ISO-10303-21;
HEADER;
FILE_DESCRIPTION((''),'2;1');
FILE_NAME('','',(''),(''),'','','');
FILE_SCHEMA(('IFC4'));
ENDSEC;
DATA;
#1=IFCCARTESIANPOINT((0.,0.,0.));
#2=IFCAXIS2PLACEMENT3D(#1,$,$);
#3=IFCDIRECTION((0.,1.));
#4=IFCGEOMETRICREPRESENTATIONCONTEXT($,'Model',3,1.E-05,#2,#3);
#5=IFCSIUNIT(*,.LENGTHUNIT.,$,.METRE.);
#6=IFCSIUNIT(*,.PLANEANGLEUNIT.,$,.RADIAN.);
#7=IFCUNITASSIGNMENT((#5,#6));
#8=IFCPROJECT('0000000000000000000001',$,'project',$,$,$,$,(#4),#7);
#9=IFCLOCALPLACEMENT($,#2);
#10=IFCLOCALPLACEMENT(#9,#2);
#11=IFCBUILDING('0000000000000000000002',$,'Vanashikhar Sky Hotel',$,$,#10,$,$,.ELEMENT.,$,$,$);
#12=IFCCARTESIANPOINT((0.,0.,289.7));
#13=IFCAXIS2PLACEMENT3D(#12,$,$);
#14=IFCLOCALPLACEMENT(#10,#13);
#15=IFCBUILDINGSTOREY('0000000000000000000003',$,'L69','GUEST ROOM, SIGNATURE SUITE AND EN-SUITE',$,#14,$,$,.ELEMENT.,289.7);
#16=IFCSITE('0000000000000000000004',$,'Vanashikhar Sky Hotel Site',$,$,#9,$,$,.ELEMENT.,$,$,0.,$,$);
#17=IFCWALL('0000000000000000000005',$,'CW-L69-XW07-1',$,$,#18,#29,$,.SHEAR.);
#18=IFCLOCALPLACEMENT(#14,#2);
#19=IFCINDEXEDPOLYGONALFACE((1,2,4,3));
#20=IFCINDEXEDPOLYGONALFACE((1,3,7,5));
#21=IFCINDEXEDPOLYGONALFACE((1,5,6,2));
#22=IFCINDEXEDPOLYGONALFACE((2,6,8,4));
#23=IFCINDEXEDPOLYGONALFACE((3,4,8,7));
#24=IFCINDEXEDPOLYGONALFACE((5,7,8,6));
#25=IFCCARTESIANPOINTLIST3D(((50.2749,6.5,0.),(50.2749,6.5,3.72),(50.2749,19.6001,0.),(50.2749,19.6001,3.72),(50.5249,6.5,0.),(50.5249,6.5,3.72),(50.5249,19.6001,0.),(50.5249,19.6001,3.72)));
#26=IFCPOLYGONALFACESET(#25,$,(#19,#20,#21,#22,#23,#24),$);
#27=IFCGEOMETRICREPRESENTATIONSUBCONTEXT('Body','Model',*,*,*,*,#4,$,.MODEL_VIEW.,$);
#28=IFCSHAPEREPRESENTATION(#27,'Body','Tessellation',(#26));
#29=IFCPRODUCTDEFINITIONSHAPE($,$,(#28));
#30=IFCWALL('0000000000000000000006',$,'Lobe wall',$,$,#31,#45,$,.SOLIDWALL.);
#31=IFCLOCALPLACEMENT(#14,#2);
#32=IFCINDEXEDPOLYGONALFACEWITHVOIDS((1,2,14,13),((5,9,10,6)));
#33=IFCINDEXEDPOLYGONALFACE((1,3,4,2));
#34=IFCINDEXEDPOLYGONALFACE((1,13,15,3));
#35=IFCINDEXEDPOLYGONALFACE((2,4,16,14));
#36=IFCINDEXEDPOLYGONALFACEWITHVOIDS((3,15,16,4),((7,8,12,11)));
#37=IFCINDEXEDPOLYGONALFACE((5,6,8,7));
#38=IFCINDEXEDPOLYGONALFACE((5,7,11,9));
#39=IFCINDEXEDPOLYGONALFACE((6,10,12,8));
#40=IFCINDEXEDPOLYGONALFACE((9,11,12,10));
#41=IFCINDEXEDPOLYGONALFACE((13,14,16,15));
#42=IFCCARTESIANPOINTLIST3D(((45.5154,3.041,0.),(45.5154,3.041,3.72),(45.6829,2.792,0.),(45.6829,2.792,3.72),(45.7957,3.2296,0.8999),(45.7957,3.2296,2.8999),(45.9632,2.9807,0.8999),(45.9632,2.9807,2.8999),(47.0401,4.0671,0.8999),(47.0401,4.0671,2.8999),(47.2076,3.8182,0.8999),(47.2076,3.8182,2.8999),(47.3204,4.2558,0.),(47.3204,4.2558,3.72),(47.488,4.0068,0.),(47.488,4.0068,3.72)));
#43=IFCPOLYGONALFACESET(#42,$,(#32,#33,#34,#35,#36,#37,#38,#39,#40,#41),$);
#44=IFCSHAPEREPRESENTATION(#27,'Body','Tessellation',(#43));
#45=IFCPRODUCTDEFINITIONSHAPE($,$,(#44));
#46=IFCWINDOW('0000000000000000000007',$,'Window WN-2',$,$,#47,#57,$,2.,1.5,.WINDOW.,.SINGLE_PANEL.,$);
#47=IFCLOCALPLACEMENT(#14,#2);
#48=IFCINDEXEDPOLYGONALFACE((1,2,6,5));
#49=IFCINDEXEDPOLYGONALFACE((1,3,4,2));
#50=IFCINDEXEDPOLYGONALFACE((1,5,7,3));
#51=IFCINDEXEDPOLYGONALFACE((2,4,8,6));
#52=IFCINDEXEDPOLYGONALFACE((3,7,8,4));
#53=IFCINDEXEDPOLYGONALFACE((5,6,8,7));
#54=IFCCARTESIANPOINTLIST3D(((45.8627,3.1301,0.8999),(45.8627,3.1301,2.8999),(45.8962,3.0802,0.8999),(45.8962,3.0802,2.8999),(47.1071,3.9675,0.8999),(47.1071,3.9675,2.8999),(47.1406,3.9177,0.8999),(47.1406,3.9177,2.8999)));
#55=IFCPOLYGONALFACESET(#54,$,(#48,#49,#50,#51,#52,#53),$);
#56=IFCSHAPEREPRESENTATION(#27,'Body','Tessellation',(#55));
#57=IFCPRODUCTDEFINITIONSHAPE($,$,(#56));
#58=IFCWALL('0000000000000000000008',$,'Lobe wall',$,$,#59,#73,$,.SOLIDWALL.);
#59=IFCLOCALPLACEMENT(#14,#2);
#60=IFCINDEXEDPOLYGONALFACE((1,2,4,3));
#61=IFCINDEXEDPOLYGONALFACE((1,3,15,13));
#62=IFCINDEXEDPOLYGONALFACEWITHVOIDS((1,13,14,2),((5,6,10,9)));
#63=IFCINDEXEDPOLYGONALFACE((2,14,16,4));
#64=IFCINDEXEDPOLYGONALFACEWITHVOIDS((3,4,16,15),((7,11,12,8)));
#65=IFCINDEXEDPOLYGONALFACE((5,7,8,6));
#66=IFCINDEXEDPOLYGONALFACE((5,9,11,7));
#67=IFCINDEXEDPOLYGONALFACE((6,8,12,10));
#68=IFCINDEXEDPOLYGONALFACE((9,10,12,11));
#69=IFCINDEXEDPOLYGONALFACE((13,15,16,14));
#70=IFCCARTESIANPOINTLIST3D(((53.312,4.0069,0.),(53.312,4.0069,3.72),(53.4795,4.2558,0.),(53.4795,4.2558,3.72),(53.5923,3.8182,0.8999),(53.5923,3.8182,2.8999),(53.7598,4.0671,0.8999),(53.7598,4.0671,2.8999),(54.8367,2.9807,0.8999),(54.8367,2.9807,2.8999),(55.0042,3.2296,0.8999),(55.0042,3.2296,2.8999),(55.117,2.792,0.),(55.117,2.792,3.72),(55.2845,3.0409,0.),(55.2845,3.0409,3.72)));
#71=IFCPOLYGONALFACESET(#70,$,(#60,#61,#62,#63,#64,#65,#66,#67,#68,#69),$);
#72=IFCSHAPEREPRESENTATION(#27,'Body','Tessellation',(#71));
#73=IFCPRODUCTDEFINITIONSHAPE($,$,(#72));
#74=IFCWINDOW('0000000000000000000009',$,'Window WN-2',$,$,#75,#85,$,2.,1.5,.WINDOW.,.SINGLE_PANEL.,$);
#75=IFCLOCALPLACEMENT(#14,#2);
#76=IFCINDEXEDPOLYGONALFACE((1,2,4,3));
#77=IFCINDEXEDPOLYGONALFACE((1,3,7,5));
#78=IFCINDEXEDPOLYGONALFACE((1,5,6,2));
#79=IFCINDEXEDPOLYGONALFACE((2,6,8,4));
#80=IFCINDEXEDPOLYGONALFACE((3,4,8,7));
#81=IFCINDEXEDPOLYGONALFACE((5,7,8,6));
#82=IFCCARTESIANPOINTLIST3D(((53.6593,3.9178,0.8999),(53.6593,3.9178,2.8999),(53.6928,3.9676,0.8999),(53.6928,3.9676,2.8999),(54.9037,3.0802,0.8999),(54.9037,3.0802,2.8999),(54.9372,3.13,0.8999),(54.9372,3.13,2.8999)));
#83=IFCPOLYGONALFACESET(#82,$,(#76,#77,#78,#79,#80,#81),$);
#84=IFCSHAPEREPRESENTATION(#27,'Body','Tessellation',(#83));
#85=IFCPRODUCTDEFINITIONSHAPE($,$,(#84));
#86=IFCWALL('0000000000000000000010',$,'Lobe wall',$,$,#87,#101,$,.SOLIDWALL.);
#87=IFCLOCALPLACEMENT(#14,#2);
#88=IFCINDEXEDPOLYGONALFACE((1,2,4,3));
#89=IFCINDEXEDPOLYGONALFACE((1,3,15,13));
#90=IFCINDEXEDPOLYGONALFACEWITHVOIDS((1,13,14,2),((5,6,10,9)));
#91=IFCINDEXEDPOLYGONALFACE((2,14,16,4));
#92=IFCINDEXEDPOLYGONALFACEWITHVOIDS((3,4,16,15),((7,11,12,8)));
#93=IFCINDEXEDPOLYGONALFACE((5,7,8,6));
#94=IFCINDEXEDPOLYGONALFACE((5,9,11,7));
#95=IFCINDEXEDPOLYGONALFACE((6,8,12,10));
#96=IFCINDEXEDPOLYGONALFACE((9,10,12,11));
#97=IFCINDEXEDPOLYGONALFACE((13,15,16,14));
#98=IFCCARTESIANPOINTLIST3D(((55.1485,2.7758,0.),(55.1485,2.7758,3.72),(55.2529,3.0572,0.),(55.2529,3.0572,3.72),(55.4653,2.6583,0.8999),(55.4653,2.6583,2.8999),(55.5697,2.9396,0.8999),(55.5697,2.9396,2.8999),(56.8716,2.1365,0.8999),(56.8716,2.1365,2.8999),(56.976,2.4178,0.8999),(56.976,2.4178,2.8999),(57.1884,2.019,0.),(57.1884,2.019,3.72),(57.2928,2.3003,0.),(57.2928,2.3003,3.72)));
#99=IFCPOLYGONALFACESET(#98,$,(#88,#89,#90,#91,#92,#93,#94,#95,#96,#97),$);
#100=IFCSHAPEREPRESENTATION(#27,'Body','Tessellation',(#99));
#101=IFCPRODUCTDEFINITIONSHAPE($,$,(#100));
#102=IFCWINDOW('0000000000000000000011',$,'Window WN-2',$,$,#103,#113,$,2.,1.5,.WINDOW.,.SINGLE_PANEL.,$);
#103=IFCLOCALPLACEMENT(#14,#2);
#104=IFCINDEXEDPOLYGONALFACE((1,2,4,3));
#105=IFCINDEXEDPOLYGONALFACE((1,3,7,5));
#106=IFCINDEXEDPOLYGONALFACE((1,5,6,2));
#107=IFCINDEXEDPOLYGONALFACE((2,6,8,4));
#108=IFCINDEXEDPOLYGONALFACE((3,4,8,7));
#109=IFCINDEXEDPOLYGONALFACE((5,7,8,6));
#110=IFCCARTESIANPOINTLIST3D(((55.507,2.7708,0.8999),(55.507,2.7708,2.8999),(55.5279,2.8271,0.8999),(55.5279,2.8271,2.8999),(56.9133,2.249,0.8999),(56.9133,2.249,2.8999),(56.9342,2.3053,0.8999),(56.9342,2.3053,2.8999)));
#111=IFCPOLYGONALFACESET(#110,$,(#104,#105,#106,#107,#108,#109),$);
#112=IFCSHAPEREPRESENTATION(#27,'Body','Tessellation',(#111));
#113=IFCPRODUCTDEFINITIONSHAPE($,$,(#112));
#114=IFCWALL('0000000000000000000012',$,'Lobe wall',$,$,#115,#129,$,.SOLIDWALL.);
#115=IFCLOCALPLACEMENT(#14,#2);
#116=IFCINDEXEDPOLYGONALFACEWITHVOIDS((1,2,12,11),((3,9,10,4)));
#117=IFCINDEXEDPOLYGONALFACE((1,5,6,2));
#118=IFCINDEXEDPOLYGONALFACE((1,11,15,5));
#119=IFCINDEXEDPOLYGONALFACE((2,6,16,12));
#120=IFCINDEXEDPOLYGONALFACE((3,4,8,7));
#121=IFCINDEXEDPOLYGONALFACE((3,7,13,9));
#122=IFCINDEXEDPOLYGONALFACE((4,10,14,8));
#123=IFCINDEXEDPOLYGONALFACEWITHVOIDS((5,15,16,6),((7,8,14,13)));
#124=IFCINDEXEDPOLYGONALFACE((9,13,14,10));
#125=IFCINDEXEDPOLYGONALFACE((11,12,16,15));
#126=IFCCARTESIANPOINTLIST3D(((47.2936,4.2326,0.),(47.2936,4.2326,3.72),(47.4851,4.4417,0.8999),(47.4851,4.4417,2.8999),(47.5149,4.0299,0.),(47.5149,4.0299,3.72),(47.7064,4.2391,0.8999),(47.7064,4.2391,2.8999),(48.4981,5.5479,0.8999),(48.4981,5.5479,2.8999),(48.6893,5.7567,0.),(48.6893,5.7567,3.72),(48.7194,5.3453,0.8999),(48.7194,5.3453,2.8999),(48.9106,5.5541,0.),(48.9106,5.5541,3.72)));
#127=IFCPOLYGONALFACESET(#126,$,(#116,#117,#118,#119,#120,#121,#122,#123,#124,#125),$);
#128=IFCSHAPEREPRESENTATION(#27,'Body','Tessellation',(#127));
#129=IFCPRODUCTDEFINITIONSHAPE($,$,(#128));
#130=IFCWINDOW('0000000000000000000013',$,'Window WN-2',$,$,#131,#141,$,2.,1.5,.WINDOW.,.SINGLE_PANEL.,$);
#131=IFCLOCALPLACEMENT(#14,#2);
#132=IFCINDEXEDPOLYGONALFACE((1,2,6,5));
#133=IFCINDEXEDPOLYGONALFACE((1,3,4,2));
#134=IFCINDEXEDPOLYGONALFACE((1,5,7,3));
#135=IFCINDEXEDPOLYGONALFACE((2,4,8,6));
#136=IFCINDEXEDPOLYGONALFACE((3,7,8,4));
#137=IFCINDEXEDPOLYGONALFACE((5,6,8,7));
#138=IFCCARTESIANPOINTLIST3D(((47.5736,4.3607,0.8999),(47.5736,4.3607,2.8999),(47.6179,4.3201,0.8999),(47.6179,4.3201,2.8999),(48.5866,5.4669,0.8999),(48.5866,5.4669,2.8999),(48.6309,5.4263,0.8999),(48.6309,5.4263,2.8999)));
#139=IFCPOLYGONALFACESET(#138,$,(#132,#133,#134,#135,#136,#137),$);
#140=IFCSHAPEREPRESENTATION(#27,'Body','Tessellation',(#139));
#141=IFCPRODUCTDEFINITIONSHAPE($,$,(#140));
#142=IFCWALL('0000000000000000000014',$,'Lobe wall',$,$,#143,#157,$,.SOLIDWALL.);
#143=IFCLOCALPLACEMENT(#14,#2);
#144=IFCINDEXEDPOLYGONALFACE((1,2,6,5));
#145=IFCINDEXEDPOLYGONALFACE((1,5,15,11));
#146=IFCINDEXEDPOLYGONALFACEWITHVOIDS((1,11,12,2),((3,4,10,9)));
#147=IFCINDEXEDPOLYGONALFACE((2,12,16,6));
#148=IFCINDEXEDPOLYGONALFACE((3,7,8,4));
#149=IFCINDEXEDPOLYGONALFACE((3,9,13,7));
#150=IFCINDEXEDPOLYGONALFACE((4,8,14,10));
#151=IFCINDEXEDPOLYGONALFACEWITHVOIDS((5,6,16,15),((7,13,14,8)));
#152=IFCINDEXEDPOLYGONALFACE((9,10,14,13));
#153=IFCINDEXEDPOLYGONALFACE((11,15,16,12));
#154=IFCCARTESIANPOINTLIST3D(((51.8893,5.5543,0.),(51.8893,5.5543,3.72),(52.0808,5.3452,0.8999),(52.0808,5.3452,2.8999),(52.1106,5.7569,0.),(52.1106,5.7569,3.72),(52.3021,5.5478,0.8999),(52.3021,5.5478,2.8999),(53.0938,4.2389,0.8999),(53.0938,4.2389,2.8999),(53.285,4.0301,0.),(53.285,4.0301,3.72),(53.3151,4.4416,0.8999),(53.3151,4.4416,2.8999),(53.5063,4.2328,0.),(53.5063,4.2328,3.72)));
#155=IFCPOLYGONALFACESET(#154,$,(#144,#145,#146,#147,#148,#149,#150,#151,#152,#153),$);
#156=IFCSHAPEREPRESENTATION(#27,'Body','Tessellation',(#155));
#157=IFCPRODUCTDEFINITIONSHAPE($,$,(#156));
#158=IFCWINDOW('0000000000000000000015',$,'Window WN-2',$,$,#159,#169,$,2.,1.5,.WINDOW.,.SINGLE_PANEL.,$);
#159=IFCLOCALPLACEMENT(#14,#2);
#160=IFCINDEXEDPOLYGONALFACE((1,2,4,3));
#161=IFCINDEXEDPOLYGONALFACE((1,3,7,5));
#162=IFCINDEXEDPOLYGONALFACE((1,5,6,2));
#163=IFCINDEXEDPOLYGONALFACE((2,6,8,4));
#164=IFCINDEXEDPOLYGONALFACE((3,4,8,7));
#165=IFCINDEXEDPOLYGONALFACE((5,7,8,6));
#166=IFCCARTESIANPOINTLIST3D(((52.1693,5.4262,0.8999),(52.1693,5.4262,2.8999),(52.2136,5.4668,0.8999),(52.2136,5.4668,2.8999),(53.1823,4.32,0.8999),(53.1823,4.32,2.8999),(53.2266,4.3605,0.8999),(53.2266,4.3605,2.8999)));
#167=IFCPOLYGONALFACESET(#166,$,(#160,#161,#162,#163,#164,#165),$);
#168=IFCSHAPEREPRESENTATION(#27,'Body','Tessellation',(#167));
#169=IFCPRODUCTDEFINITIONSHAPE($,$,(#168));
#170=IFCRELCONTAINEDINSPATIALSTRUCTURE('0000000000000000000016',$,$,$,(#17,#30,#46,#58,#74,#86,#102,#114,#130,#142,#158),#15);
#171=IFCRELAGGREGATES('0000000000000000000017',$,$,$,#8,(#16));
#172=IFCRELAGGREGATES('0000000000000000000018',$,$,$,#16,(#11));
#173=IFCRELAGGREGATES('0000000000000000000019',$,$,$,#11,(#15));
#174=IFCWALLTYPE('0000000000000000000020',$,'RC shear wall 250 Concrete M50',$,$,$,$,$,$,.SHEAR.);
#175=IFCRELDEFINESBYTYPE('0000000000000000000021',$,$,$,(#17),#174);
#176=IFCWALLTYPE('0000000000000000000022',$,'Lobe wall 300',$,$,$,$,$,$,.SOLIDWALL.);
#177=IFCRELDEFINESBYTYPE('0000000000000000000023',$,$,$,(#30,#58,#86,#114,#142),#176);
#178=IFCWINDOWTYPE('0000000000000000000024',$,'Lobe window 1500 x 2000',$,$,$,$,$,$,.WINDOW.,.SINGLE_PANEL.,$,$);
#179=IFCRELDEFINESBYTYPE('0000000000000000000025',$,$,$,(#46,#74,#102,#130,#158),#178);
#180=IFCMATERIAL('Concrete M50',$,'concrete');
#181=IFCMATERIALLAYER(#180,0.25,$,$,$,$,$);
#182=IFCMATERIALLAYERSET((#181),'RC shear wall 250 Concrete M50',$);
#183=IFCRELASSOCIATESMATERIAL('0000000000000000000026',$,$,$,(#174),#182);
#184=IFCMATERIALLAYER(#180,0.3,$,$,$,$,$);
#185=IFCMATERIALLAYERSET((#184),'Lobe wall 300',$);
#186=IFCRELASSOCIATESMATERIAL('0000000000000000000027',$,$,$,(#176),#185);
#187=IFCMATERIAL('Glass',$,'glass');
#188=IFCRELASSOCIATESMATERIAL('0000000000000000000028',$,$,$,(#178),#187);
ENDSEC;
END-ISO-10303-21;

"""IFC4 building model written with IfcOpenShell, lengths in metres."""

from ifc_helpers import new_model, si_unit, direction, frame, frame_2d, origin, place, context, subcontext, project, spatial, rectangle, extrude, source, transform, mapped, material, layer, layer_set, type_object, element, fill, save


model = new_model("IFC4")

# Units and contexts
model_context = context("Model", 3, precision=1e-05, world=origin(), true_north=direction((0.0, 1.0)))
body_context = subcontext(model_context, "Body", "Model", "MODEL_VIEW")
ifc_project = project(units=[si_unit("LENGTHUNIT", "METRE"), si_unit("PLANEANGLEUNIT", "RADIAN")], contexts=[model_context])

# Site, building, storey
site_placement = place(None, origin())
site = spatial("IfcSite", under=ifc_project, at=site_placement, Name="Vanashikhar Sky Hotel Site", CompositionType="ELEMENT", RefElevation=0.0)
building_placement = place(site_placement, origin())
building = spatial("IfcBuilding", under=site, at=building_placement, Name="Vanashikhar Sky Hotel", CompositionType="ELEMENT")
storey_placement = place(building_placement, frame((0.0, 0.0, 289.7)))
storey = spatial("IfcBuildingStorey", under=building, at=storey_placement, Name="L69", Description="GUEST ROOM, SIGNATURE SUITE AND EN-SUITE", CompositionType="ELEMENT", Elevation=289.7)

# Wall
ifc_material_1 = material(Name="Concrete M50", Category="concrete")
ifc_layer_1 = layer(ifc_material_1, 0.25)
ifc_layer_set_1 = layer_set([ifc_layer_1], Name="RC shear wall 250 Concrete M50")
wall_type_1 = type_object("IfcWallType", Name="RC shear wall 250 Concrete M50", PredefinedType="SHEAR", material=ifc_layer_set_1)
shared_shape_1 = source(origin(), body_context, "Body", "SweptSolid", [
    extrude(rectangle(XDim=13.1001, YDim=0.25, at=frame_2d((6.55, 0.0))), origin(), (0.0, 0.0, 1.0), 3.72),
])
wall_1_placement = place(storey_placement, frame((50.3999, 6.5, 0.0), z_axis=(0.0, 0.0, 1.0), x_axis=(0.0, 1.0, 0.0)))
element("IfcWall", 1, at=wall_1_placement, inside=storey, type_object=wall_type_1, Name="CW-L69-XW07-1", PredefinedType="SHEAR", context=body_context, shape_type="MappedRepresentation", body=[
    mapped(shared_shape_1, transform((0.0, 0.0, 0.0), scale=1.0)),
])

# Walls, openings, windows
ifc_layer_2 = layer(ifc_material_1, 0.3)
ifc_layer_set_2 = layer_set([ifc_layer_2], Name="Lobe wall 300")
wall_type_2 = type_object("IfcWallType", Name="Lobe wall 300", PredefinedType="SOLIDWALL", material=ifc_layer_set_2)
shared_shape_2 = source(origin(), body_context, "Body", "SweptSolid", [
    extrude(rectangle(XDim=2.1758, YDim=0.3, at=frame_2d((1.0879, 0.0))), origin(), (0.0, 0.0, 1.0), 3.72),
])
wall_2_placement = place(storey_placement, frame((45.5991, 2.9165, 0.0), z_axis=(0.0, 0.0, 1.0), x_axis=(0.829626, 0.55832, 0.0)))
wall_2 = element("IfcWall", 2, at=wall_2_placement, inside=storey, type_object=wall_type_2, Name="Lobe wall", PredefinedType="SOLIDWALL", context=body_context, shape_type="MappedRepresentation", body=[
    mapped(shared_shape_2, transform((0.0, 0.0, 0.0), scale=1.0)),
])
shared_shape_3 = source(origin(), body_context, "Body", "SweptSolid", [
    extrude(rectangle(XDim=1.5, YDim=2.0, at=frame_2d((0.75, 1.0))), frame((0.0, 0.1602, 0.0), z_axis=(0.0, -1.0, 0.0), x_axis=(1.0, 0.0, 0.0)), (0.0, 0.0, 1.0), 0.3201),
])
opening_1_placement = place(wall_2_placement, frame((0.3379, 0.0, 0.8999)))
opening_1 = element("IfcOpeningElement", 3, at=opening_1_placement, cuts=wall_2, PredefinedType="OPENING", context=body_context, shape_type="MappedRepresentation", body=[
    mapped(shared_shape_3, transform((0.0, 0.0, 0.0), scale=1.0)),
])
ifc_material_2 = material(Name="Glass", Category="glass")
window_type = type_object("IfcWindowType", Name="Lobe window 1500 x 2000", PartitioningType="SINGLE_PANEL", PredefinedType="WINDOW", material=ifc_material_2)
shared_shape_4 = source(origin(), body_context, "Body", "SweptSolid", [
    extrude(rectangle(XDim=1.5, YDim=2.0, at=frame_2d((0.75, 1.0))), frame((0.0, 0.03, 0.0), z_axis=(0.0, -1.0, 0.0), x_axis=(1.0, 0.0, 0.0)), (0.0, 0.0, 1.0), 0.0601),
])
window_1_placement = place(opening_1_placement, origin())
window_1 = element("IfcWindow", 4, at=window_1_placement, inside=storey, type_object=window_type, Name="Window WN-2", OverallHeight=2.0, OverallWidth=1.5, PartitioningType="SINGLE_PANEL", PredefinedType="WINDOW", context=body_context, shape_type="MappedRepresentation", body=[
    mapped(shared_shape_4, transform((0.0, 0.0, 0.0), scale=1.0)),
])
fill(opening_1, window_1)
wall_3_placement = place(storey_placement, frame((53.3958, 4.1313, 0.0), z_axis=(0.0, 0.0, 1.0), x_axis=(0.829591, -0.558372, 0.0)))
wall_3 = element("IfcWall", 5, at=wall_3_placement, inside=storey, type_object=wall_type_2, Name="Lobe wall", PredefinedType="SOLIDWALL", context=body_context, shape_type="MappedRepresentation", body=[
    mapped(shared_shape_2, transform((0.0, 0.0, 0.0), scale=1.0)),
])
opening_2_placement = place(wall_3_placement, frame((0.3379, 0.0, 0.8999)))
opening_2 = element("IfcOpeningElement", 6, at=opening_2_placement, cuts=wall_3, PredefinedType="OPENING", context=body_context, shape_type="MappedRepresentation", body=[
    mapped(shared_shape_3, transform((0.0, 0.0, 0.0), scale=1.0)),
])
window_2_placement = place(opening_2_placement, origin())
window_2 = element("IfcWindow", 7, at=window_2_placement, inside=storey, type_object=window_type, Name="Window WN-2", OverallHeight=2.0, OverallWidth=1.5, PartitioningType="SINGLE_PANEL", PredefinedType="WINDOW", context=body_context, shape_type="MappedRepresentation", body=[
    mapped(shared_shape_4, transform((0.0, 0.0, 0.0), scale=1.0)),
])
fill(opening_2, window_2)
wall_4_placement = place(storey_placement, frame((55.2007, 2.9165, 0.0), z_axis=(0.0, 0.0, 1.0), x_axis=(0.937546, -0.347863, 0.0)))
wall_4 = element("IfcWall", 8, at=wall_4_placement, inside=storey, type_object=wall_type_2, Name="Lobe wall", PredefinedType="SOLIDWALL", context=body_context, shape_type="MappedRepresentation", body=[
    mapped(shared_shape_2, transform((0.0, 0.0, 0.0), scale=1.0)),
])
opening_3_placement = place(wall_4_placement, frame((0.3379, 0.0, 0.8999)))
opening_3 = element("IfcOpeningElement", 9, at=opening_3_placement, cuts=wall_4, PredefinedType="OPENING", context=body_context, shape_type="MappedRepresentation", body=[
    mapped(shared_shape_3, transform((0.0, 0.0, 0.0), scale=1.0)),
])
window_3_placement = place(opening_3_placement, origin())
window_3 = element("IfcWindow", 10, at=window_3_placement, inside=storey, type_object=window_type, Name="Window WN-2", OverallHeight=2.0, OverallWidth=1.5, PartitioningType="SINGLE_PANEL", PredefinedType="WINDOW", context=body_context, shape_type="MappedRepresentation", body=[
    mapped(shared_shape_4, transform((0.0, 0.0, 0.0), scale=1.0)),
])
fill(opening_3, window_3)
shared_shape_5 = source(origin(), body_context, "Body", "SweptSolid", [
    extrude(rectangle(XDim=2.0667, YDim=0.3, at=frame_2d((1.0332, 0.0))), origin(), (0.0, 0.0, 1.0), 3.72),
])
wall_5_placement = place(storey_placement, frame((47.4043, 4.1313, 0.0), z_axis=(0.0, 0.0, 1.0), x_axis=(0.675355, 0.737492, 0.0)))
wall_5 = element("IfcWall", 11, at=wall_5_placement, inside=storey, type_object=wall_type_2, Name="Lobe wall", PredefinedType="SOLIDWALL", context=body_context, shape_type="MappedRepresentation", body=[
    mapped(shared_shape_5, transform((0.0, 0.0, 0.0), scale=1.0)),
])
opening_4_placement = place(wall_5_placement, frame((0.2834, 0.0, 0.8999)))
opening_4 = element("IfcOpeningElement", 12, at=opening_4_placement, cuts=wall_5, PredefinedType="OPENING", context=body_context, shape_type="MappedRepresentation", body=[
    mapped(shared_shape_3, transform((0.0, 0.0, 0.0), scale=1.0)),
])
window_4_placement = place(opening_4_placement, origin())
window_4 = element("IfcWindow", 13, at=window_4_placement, inside=storey, type_object=window_type, Name="Window WN-2", OverallHeight=2.0, OverallWidth=1.5, PartitioningType="SINGLE_PANEL", PredefinedType="WINDOW", context=body_context, shape_type="MappedRepresentation", body=[
    mapped(shared_shape_4, transform((0.0, 0.0, 0.0), scale=1.0)),
])
fill(opening_4, window_4)
wall_6_placement = place(storey_placement, frame((52.0, 5.6555, 0.0), z_axis=(0.0, 0.0, 1.0), x_axis=(0.675355, -0.737492, 0.0)))
wall_6 = element("IfcWall", 14, at=wall_6_placement, inside=storey, type_object=wall_type_2, Name="Lobe wall", PredefinedType="SOLIDWALL", context=body_context, shape_type="MappedRepresentation", body=[
    mapped(shared_shape_5, transform((0.0, 0.0, 0.0), scale=1.0)),
])
opening_5_placement = place(wall_6_placement, frame((0.2834, 0.0, 0.8999)))
opening_5 = element("IfcOpeningElement", 15, at=opening_5_placement, cuts=wall_6, PredefinedType="OPENING", context=body_context, shape_type="MappedRepresentation", body=[
    mapped(shared_shape_3, transform((0.0, 0.0, 0.0), scale=1.0)),
])
window_5_placement = place(opening_5_placement, origin())
window_5 = element("IfcWindow", 16, at=window_5_placement, inside=storey, type_object=window_type, Name="Window WN-2", OverallHeight=2.0, OverallWidth=1.5, PartitioningType="SINGLE_PANEL", PredefinedType="WINDOW", context=body_context, shape_type="MappedRepresentation", body=[
    mapped(shared_shape_4, transform((0.0, 0.0, 0.0), scale=1.0)),
])
fill(opening_5, window_5)

save(model, "model.ifc")
